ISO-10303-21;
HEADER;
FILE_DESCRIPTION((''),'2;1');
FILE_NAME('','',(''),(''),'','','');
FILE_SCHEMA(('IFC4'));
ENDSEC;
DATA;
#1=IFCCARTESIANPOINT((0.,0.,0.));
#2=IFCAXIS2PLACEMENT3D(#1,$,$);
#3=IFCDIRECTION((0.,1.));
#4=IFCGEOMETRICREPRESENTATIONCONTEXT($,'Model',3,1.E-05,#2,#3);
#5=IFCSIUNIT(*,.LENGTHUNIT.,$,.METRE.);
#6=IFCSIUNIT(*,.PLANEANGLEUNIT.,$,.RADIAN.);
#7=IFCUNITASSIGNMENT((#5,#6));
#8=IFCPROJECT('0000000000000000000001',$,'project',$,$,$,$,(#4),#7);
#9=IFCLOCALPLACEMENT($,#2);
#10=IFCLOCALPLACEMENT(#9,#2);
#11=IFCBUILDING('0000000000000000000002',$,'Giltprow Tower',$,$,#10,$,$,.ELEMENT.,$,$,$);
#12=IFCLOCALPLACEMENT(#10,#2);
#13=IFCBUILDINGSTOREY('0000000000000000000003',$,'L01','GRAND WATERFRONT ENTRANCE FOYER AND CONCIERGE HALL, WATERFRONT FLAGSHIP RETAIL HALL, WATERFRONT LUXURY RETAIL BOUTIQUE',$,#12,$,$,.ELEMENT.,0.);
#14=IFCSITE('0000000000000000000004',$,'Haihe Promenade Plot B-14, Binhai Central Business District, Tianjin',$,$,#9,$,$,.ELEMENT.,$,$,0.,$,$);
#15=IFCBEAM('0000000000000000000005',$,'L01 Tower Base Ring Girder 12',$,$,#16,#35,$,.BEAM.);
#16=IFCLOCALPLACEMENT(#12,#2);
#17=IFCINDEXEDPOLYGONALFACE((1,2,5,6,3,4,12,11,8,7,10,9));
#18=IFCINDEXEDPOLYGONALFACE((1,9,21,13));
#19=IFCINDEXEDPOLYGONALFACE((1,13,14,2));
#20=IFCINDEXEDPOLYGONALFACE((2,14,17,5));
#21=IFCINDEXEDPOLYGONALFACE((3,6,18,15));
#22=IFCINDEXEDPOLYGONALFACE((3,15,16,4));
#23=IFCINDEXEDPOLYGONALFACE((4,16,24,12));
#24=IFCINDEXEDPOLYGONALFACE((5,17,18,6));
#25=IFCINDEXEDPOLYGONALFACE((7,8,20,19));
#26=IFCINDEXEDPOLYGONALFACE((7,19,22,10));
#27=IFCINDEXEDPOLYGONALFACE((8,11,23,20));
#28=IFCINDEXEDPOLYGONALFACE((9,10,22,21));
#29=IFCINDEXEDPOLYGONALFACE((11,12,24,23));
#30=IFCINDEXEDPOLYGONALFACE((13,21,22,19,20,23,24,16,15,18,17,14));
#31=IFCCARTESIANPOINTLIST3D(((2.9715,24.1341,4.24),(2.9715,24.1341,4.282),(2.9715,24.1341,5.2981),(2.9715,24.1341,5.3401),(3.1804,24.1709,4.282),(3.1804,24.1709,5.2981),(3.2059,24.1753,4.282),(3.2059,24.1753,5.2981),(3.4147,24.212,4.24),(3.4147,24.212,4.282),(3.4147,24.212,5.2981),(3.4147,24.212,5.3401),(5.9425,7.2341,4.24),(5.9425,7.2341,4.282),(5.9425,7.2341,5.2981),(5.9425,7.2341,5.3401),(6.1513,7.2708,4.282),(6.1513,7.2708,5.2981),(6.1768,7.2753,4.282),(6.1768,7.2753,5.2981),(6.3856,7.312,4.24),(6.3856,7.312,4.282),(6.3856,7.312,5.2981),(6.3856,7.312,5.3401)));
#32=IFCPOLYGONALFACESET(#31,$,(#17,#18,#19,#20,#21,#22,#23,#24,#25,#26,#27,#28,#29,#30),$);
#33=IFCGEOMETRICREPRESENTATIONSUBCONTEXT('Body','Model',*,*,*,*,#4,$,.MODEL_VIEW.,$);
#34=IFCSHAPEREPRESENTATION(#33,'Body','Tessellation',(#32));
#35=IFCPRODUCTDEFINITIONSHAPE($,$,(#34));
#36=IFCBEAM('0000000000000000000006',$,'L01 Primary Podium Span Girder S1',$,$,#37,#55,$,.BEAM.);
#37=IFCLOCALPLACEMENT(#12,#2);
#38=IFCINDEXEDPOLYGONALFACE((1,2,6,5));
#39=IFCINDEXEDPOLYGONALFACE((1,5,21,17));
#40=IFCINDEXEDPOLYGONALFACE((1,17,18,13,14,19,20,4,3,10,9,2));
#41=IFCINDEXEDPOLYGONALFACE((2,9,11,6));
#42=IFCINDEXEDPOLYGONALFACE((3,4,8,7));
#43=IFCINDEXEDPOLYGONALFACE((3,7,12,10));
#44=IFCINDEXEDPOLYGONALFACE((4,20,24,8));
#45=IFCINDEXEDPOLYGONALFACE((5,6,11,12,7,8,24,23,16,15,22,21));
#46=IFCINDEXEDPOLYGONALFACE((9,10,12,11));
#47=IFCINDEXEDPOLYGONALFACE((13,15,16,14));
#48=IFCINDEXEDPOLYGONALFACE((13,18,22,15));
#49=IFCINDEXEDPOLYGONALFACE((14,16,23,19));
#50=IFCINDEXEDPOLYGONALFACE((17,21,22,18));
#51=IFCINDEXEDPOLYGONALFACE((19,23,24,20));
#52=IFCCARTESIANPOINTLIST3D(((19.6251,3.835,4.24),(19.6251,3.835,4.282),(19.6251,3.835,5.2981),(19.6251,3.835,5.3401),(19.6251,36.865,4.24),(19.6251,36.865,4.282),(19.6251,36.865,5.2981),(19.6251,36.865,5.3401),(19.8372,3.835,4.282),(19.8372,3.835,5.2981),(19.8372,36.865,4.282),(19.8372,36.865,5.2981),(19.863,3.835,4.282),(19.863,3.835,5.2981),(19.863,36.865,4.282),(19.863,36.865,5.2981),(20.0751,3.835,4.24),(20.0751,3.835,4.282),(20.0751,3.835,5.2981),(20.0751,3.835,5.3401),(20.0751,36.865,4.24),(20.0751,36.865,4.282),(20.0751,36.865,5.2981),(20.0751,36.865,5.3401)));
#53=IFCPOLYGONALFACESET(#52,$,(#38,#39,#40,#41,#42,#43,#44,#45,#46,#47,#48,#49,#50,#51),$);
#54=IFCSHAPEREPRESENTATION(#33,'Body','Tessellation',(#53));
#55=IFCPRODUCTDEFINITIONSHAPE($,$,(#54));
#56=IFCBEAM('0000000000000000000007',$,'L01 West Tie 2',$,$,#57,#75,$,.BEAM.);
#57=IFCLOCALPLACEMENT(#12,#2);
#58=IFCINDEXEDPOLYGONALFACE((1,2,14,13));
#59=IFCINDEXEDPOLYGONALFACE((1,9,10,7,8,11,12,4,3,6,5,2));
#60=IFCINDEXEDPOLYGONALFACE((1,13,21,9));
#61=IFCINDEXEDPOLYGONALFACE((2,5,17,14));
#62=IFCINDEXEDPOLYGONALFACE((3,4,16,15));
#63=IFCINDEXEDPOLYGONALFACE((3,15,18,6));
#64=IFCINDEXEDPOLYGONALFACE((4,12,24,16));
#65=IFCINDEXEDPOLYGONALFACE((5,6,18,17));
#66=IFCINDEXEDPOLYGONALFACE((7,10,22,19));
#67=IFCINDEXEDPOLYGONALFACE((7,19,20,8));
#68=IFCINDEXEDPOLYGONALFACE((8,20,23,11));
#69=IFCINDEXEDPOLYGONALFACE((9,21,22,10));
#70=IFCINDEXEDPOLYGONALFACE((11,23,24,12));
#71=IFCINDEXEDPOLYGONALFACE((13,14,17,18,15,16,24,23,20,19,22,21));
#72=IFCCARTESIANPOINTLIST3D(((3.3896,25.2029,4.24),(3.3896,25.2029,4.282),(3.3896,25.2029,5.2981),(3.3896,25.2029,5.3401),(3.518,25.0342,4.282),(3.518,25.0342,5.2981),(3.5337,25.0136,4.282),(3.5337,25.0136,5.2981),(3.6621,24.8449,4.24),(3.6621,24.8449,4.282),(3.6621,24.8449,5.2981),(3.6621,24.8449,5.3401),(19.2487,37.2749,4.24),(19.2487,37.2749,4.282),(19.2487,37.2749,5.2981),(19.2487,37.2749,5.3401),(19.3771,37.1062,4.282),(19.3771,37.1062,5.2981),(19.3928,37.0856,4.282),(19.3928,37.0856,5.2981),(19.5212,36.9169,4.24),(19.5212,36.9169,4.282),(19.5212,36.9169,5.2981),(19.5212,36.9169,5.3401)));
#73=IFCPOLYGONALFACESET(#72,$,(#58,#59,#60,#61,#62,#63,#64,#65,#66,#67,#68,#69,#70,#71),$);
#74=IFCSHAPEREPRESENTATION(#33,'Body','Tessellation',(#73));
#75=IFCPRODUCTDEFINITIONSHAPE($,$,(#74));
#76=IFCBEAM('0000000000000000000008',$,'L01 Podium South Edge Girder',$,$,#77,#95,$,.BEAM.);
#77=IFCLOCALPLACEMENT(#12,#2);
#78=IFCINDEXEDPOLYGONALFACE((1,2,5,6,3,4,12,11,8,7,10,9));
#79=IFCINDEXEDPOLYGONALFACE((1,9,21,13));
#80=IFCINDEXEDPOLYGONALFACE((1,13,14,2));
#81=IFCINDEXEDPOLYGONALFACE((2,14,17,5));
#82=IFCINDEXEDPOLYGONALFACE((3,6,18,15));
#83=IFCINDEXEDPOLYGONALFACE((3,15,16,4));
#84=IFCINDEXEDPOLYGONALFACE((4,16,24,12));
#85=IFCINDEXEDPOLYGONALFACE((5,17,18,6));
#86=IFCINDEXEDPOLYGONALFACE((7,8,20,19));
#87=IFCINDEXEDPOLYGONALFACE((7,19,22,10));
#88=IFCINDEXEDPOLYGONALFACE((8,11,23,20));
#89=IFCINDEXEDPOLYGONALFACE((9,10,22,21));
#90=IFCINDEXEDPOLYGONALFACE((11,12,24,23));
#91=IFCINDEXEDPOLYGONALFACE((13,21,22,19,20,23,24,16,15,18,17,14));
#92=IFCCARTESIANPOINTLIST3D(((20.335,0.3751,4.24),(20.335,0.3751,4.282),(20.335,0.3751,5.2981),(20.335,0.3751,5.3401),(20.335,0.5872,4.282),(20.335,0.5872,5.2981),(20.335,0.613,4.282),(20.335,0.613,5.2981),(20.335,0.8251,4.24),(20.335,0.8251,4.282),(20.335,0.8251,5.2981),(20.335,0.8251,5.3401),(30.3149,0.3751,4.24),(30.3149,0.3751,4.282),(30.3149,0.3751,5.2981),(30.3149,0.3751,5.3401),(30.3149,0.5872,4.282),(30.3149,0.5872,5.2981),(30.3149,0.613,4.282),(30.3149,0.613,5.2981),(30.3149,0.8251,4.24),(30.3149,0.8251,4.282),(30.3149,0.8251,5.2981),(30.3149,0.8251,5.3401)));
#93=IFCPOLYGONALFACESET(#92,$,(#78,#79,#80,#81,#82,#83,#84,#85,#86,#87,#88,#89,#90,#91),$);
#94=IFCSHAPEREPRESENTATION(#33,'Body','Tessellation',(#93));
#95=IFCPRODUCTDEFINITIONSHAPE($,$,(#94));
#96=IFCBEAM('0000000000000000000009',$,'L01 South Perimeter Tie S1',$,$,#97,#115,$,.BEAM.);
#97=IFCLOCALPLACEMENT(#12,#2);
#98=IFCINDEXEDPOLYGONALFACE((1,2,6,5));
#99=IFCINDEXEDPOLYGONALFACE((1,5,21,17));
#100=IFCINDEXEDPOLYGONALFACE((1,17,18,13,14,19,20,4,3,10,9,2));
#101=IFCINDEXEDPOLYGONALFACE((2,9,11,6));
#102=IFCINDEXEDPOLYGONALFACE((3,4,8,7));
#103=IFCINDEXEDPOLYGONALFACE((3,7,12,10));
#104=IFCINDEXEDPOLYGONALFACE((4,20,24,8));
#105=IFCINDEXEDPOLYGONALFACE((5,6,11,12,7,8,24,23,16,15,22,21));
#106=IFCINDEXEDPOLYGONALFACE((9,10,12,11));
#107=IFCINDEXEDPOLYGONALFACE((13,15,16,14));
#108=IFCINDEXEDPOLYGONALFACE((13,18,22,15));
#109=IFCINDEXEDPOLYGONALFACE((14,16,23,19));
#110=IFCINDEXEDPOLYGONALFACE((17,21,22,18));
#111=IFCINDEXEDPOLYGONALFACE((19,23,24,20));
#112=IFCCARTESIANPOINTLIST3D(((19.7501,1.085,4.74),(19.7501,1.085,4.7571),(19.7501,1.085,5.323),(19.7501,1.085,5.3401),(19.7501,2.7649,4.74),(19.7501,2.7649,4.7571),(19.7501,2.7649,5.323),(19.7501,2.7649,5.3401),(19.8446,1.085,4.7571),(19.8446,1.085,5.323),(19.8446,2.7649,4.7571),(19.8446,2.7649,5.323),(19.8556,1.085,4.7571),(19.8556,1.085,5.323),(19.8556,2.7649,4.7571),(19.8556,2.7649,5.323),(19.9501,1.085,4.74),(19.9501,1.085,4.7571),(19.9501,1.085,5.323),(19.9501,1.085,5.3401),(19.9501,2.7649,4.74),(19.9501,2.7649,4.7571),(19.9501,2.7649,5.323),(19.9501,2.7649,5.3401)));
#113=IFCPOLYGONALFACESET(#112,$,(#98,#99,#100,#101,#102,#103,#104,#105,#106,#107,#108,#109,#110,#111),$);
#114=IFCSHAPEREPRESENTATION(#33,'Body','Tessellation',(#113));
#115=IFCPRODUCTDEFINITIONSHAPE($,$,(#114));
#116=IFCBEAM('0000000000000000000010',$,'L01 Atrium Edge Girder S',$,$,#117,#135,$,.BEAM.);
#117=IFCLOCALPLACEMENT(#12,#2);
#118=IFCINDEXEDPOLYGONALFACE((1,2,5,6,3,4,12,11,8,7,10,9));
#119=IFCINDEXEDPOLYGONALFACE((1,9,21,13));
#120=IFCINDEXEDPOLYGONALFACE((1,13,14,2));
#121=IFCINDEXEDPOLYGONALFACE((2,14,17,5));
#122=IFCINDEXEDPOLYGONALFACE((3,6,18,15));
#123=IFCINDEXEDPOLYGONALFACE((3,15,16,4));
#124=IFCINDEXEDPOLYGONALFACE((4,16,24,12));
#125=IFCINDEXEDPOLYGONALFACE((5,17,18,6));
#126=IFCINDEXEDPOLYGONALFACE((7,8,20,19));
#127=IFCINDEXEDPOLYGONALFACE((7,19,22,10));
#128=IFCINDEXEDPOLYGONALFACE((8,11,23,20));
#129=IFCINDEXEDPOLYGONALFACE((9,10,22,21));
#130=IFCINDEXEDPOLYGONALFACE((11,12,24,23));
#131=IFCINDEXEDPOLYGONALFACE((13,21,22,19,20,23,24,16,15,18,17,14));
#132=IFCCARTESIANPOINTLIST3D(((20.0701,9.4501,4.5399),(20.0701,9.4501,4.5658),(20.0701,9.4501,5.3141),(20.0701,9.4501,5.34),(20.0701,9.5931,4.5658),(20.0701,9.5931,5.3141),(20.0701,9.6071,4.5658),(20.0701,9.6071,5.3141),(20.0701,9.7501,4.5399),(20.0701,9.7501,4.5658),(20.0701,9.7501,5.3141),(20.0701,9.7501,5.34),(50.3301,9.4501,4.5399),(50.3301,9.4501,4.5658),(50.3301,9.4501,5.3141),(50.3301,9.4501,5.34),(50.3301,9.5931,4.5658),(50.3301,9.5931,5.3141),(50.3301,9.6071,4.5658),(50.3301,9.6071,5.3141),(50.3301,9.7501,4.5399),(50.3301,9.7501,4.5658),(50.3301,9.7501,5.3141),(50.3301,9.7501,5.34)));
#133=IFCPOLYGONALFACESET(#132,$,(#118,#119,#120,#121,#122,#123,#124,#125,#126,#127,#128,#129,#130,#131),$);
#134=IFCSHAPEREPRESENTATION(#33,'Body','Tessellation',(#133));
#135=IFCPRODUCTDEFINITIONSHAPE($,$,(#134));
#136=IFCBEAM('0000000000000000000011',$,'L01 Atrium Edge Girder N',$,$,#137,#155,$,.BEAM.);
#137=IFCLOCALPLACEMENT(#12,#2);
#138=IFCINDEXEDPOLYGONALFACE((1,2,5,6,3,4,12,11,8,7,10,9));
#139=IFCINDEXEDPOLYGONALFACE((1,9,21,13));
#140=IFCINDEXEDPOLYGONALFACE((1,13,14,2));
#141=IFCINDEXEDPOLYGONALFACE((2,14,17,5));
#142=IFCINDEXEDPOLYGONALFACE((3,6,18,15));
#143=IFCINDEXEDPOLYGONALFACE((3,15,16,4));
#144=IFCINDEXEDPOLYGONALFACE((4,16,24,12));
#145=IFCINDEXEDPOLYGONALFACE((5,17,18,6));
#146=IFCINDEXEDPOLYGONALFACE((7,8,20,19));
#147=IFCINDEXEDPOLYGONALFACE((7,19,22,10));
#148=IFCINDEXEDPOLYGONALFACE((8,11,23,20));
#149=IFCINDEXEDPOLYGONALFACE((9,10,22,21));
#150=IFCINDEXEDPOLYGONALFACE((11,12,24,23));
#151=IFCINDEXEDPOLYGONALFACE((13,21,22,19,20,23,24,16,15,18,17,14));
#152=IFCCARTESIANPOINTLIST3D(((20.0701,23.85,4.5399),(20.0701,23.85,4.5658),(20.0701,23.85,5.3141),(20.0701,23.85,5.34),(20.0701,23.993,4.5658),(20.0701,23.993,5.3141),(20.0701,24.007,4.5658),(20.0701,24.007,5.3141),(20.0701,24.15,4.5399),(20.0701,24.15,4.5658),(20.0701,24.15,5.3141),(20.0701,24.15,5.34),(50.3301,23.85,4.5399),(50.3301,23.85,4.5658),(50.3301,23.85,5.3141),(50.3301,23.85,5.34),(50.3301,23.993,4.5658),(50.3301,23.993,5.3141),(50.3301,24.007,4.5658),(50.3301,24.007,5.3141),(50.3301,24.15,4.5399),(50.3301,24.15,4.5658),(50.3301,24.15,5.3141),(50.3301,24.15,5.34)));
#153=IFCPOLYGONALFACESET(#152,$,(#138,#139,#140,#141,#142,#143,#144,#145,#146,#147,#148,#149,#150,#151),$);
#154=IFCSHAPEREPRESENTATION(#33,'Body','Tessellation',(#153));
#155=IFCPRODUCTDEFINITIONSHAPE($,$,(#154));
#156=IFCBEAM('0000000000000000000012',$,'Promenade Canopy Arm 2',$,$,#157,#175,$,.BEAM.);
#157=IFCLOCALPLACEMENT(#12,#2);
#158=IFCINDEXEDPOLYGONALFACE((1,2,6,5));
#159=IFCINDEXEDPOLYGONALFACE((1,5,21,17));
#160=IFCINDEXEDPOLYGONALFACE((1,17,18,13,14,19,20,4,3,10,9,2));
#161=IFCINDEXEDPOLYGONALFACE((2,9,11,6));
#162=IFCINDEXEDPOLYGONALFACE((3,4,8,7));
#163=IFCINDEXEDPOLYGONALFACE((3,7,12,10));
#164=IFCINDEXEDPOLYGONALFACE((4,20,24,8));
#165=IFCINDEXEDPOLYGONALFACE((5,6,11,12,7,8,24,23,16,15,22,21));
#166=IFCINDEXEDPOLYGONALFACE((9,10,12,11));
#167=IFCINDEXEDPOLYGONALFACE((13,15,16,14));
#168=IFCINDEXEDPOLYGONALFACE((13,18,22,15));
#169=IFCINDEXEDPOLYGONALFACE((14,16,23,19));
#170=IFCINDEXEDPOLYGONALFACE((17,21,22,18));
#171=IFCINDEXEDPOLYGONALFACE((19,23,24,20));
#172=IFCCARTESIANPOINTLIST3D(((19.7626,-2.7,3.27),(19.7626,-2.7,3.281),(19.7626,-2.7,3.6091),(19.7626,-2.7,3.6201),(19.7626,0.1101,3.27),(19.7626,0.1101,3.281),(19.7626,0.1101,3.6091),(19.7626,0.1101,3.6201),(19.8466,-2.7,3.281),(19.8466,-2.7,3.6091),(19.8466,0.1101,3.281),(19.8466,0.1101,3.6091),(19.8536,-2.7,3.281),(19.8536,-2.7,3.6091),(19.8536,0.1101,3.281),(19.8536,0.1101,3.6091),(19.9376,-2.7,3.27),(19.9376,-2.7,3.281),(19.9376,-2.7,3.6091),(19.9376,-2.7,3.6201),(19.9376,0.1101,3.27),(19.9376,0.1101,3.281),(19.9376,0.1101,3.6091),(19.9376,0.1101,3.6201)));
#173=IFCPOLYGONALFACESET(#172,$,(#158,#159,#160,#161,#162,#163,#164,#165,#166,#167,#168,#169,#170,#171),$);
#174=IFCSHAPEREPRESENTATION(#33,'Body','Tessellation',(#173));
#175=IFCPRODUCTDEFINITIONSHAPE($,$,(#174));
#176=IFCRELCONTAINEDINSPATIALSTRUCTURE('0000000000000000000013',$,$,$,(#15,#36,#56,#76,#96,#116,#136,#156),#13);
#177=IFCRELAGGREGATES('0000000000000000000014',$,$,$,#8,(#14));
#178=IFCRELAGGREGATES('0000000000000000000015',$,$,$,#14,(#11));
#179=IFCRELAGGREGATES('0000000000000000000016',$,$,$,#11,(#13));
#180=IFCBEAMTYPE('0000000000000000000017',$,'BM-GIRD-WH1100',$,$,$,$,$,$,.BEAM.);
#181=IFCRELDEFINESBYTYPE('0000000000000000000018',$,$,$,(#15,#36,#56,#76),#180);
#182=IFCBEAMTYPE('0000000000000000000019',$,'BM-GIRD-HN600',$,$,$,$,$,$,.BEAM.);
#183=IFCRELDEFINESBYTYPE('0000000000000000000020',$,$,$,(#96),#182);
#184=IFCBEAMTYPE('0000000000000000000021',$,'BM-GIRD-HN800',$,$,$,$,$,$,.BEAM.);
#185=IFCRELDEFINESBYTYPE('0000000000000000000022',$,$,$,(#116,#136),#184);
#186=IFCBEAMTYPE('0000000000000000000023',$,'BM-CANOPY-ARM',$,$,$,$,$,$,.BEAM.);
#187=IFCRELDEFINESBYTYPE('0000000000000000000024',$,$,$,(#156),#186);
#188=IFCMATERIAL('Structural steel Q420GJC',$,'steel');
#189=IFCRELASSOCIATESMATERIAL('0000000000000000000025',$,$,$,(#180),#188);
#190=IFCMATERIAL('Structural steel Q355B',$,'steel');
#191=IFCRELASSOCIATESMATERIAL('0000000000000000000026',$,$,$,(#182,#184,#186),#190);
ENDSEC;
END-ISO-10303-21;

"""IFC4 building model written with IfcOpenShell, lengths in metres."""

from ifc_helpers import new_model, si_unit, direction, frame, origin, origin_2d, place, context, subcontext, project, spatial, i_section, extrude, source, transform, mapped, material, material_profile, profile_set, type_object, element, save


model = new_model("IFC4")

# Units and contexts
model_context = context("Model", 3, precision=1e-05, world=origin(), true_north=direction((0.0, 1.0)))
body_context = subcontext(model_context, "Body", "Model", "MODEL_VIEW")
ifc_project = project(units=[si_unit("LENGTHUNIT", "METRE"), si_unit("PLANEANGLEUNIT", "RADIAN")], contexts=[model_context])

# Site, building, storey
site_placement = place(None, origin())
site = spatial("IfcSite", under=ifc_project, at=site_placement, Name="Haihe Promenade Plot B-14, Binhai Central Business District, Tianjin", CompositionType="ELEMENT", RefElevation=0.0)
building_placement = place(site_placement, origin())
building = spatial("IfcBuilding", under=site, at=building_placement, Name="Giltprow Tower", CompositionType="ELEMENT")
storey_placement = place(building_placement, origin())
storey = spatial("IfcBuildingStorey", under=building, at=storey_placement, Name="L01", Description="GRAND WATERFRONT ENTRANCE FOYER AND CONCIERGE HALL, WATERFRONT FLAGSHIP RETAIL HALL, WATERFRONT LUXURY RETAIL BOUTIQUE", CompositionType="ELEMENT", Elevation=0.0)

# Shared definitions
ifc_material_1 = material(Name="Structural steel Q420GJC", Category="steel")
ifc_material_2 = material(Name="Structural steel Q355B", Category="steel")

# Beams
ifc_material_profile_1 = material_profile(ifc_material_1, i_section(OverallWidth=0.45, OverallDepth=1.1001, WebThickness=0.0259, FlangeThickness=0.042, at=origin_2d()), Name="WH 1100x450x26x42")
ifc_profile_set_1 = profile_set([ifc_material_profile_1], Name="Structural steel Q420GJC")
beam_type_1 = type_object("IfcBeamType", Name="BM-GIRD-WH1100", PredefinedType="BEAM", material=ifc_profile_set_1)
shared_shape_1 = source(origin(), body_context, "Body", "SweptSolid", [
    extrude(i_section(OverallWidth=0.45, OverallDepth=1.1001, WebThickness=0.0259, FlangeThickness=0.042, at=origin_2d()), origin(), (0.0, 0.0, 1.0), 17.1592),
])
beam_1_placement = place(storey_placement, frame((3.1931, 24.1731, 4.79), z_axis=(0.173139, -0.984897, 0.0), x_axis=(0.984897, 0.173139, 0.0)))
element("IfcBeam", 1, at=beam_1_placement, inside=storey, type_object=beam_type_1, Name="L01 Tower Base Ring Girder 12", PredefinedType="BEAM", context=body_context, shape_type="MappedRepresentation", body=[
    mapped(shared_shape_1, transform((0.0, 0.0, 0.0), x_axis=(1.0, 0.0, 0.0), y_axis=(0.0, 1.0, 0.0), z_axis=(0.0, 0.0, 1.0), scale=1.0)),
])
shared_shape_2 = source(origin(), body_context, "Body", "SweptSolid", [
    extrude(i_section(OverallWidth=0.45, OverallDepth=1.1001, WebThickness=0.0259, FlangeThickness=0.042, at=origin_2d()), origin(), (0.0, 0.0, 1.0), 33.03),
])
beam_2_placement = place(storey_placement, frame((19.8501, 3.835, 4.79), z_axis=(0.0, 1.0, 0.0), x_axis=(-1.0, 0.0, 0.0)))
element("IfcBeam", 2, at=beam_2_placement, inside=storey, type_object=beam_type_1, Name="L01 Primary Podium Span Girder S1", PredefinedType="BEAM", context=body_context, shape_type="MappedRepresentation", body=[
    mapped(shared_shape_2, transform((0.0, 0.0, 0.0), x_axis=(1.0, 0.0, 0.0), y_axis=(0.0, 1.0, 0.0), z_axis=(0.0, 0.0, 1.0), scale=1.0)),
])
shared_shape_3 = source(origin(), body_context, "Body", "SweptSolid", [
    extrude(i_section(OverallWidth=0.45, OverallDepth=1.1001, WebThickness=0.0259, FlangeThickness=0.042, at=origin_2d()), origin(), (0.0, 0.0, 1.0), 19.9309),
])
beam_3_placement = place(storey_placement, frame((3.5259, 25.0239, 4.79), z_axis=(0.795701, 0.60569, 0.0), x_axis=(-0.60569, 0.795701, 0.0)))
element("IfcBeam", 3, at=beam_3_placement, inside=storey, type_object=beam_type_1, Name="L01 West Tie 2", PredefinedType="BEAM", context=body_context, shape_type="MappedRepresentation", body=[
    mapped(shared_shape_3, transform((0.0, 0.0, 0.0), x_axis=(1.0, 0.0, 0.0), y_axis=(0.0, 1.0, 0.0), z_axis=(0.0, 0.0, 1.0), scale=1.0)),
])
shared_shape_4 = source(origin(), body_context, "Body", "SweptSolid", [
    extrude(i_section(OverallWidth=0.45, OverallDepth=1.1001, WebThickness=0.0259, FlangeThickness=0.042, at=origin_2d()), origin(), (0.0, 0.0, 1.0), 9.98),
])
beam_4_placement = place(storey_placement, frame((20.335, 0.6001, 4.79), z_axis=(1.0, 0.0, 0.0), x_axis=(0.0, 1.0, 0.0)))
element("IfcBeam", 4, at=beam_4_placement, inside=storey, type_object=beam_type_1, Name="L01 Podium South Edge Girder", PredefinedType="BEAM", context=body_context, shape_type="MappedRepresentation", body=[
    mapped(shared_shape_4, transform((0.0, 0.0, 0.0), x_axis=(1.0, 0.0, 0.0), y_axis=(0.0, 1.0, 0.0), z_axis=(0.0, 0.0, 1.0), scale=1.0)),
])
ifc_material_profile_2 = material_profile(ifc_material_2, i_section(OverallWidth=0.2, OverallDepth=0.6001, WebThickness=0.011, FlangeThickness=0.0171, at=origin_2d()), Name="HN 600x200x11x17")
ifc_profile_set_2 = profile_set([ifc_material_profile_2], Name="Structural steel Q355B")
beam_type_2 = type_object("IfcBeamType", Name="BM-GIRD-HN600", PredefinedType="BEAM", material=ifc_profile_set_2)
shared_shape_5 = source(origin(), body_context, "Body", "SweptSolid", [
    extrude(i_section(OverallWidth=0.2, OverallDepth=0.6001, WebThickness=0.011, FlangeThickness=0.0171, at=origin_2d()), origin(), (0.0, 0.0, 1.0), 1.6799),
])
beam_5_placement = place(storey_placement, frame((19.8501, 1.085, 5.04), z_axis=(0.0, 1.0, 0.0), x_axis=(-1.0, 0.0, 0.0)))
element("IfcBeam", 5, at=beam_5_placement, inside=storey, type_object=beam_type_2, Name="L01 South Perimeter Tie S1", PredefinedType="BEAM", context=body_context, shape_type="MappedRepresentation", body=[
    mapped(shared_shape_5, transform((0.0, 0.0, 0.0), x_axis=(1.0, 0.0, 0.0), y_axis=(0.0, 1.0, 0.0), z_axis=(0.0, 0.0, 1.0), scale=1.0)),
])
ifc_material_profile_3 = material_profile(ifc_material_2, i_section(OverallWidth=0.3, OverallDepth=0.8, WebThickness=0.0139, FlangeThickness=0.0259, at=origin_2d()), Name="HN 800x300x14x26")
ifc_profile_set_3 = profile_set([ifc_material_profile_3], Name="Structural steel Q355B")
beam_type_3 = type_object("IfcBeamType", Name="BM-GIRD-HN800", PredefinedType="BEAM", material=ifc_profile_set_3)
shared_shape_6 = source(origin(), body_context, "Body", "SweptSolid", [
    extrude(i_section(OverallWidth=0.3, OverallDepth=0.8, WebThickness=0.0139, FlangeThickness=0.0259, at=origin_2d()), origin(), (0.0, 0.0, 1.0), 30.26),
])
for number, where, z_axis, x_axis, name in (
    (6, (20.0701, 9.6001, 4.9399), (1.0, 0.0, 0.0), (0.0, 1.0, 0.0), "L01 Atrium Edge Girder S"),
    (7, (20.0701, 24.0, 4.9399), (1.0, 0.0, 0.0), (0.0, 1.0, 0.0), "L01 Atrium Edge Girder N"),
):
    element("IfcBeam", number, at=place(storey_placement, frame(where, z_axis=z_axis, x_axis=x_axis)), inside=storey, type_object=beam_type_3, Name=name, PredefinedType="BEAM", context=body_context, shape_type="MappedRepresentation", body=[
        mapped(shared_shape_6, transform((0.0, 0.0, 0.0), x_axis=(1.0, 0.0, 0.0), y_axis=(0.0, 1.0, 0.0), z_axis=(0.0, 0.0, 1.0), scale=1.0)),
    ])
ifc_material_profile_4 = material_profile(ifc_material_2, i_section(OverallWidth=0.175, OverallDepth=0.3501, WebThickness=0.0071, FlangeThickness=0.011, at=origin_2d()), Name="HN 350x175x7x11")
ifc_profile_set_4 = profile_set([ifc_material_profile_4], Name="Structural steel Q355B")
beam_type_4 = type_object("IfcBeamType", Name="BM-CANOPY-ARM", PredefinedType="BEAM", material=ifc_profile_set_4)
shared_shape_7 = source(origin(), body_context, "Body", "SweptSolid", [
    extrude(i_section(OverallWidth=0.175, OverallDepth=0.3501, WebThickness=0.0071, FlangeThickness=0.011, at=origin_2d()), origin(), (0.0, 0.0, 1.0), 2.8101),
])
beam_6_placement = place(storey_placement, frame((19.8501, -2.7, 3.4451), z_axis=(0.0, 1.0, 0.0), x_axis=(-1.0, 0.0, 0.0)))
element("IfcBeam", 8, at=beam_6_placement, inside=storey, type_object=beam_type_4, Name="Promenade Canopy Arm 2", PredefinedType="BEAM", context=body_context, shape_type="MappedRepresentation", body=[
    mapped(shared_shape_7, transform((0.0, 0.0, 0.0), x_axis=(1.0, 0.0, 0.0), y_axis=(0.0, 1.0, 0.0), z_axis=(0.0, 0.0, 1.0), scale=1.0)),
])

save(model, "model.ifc")
